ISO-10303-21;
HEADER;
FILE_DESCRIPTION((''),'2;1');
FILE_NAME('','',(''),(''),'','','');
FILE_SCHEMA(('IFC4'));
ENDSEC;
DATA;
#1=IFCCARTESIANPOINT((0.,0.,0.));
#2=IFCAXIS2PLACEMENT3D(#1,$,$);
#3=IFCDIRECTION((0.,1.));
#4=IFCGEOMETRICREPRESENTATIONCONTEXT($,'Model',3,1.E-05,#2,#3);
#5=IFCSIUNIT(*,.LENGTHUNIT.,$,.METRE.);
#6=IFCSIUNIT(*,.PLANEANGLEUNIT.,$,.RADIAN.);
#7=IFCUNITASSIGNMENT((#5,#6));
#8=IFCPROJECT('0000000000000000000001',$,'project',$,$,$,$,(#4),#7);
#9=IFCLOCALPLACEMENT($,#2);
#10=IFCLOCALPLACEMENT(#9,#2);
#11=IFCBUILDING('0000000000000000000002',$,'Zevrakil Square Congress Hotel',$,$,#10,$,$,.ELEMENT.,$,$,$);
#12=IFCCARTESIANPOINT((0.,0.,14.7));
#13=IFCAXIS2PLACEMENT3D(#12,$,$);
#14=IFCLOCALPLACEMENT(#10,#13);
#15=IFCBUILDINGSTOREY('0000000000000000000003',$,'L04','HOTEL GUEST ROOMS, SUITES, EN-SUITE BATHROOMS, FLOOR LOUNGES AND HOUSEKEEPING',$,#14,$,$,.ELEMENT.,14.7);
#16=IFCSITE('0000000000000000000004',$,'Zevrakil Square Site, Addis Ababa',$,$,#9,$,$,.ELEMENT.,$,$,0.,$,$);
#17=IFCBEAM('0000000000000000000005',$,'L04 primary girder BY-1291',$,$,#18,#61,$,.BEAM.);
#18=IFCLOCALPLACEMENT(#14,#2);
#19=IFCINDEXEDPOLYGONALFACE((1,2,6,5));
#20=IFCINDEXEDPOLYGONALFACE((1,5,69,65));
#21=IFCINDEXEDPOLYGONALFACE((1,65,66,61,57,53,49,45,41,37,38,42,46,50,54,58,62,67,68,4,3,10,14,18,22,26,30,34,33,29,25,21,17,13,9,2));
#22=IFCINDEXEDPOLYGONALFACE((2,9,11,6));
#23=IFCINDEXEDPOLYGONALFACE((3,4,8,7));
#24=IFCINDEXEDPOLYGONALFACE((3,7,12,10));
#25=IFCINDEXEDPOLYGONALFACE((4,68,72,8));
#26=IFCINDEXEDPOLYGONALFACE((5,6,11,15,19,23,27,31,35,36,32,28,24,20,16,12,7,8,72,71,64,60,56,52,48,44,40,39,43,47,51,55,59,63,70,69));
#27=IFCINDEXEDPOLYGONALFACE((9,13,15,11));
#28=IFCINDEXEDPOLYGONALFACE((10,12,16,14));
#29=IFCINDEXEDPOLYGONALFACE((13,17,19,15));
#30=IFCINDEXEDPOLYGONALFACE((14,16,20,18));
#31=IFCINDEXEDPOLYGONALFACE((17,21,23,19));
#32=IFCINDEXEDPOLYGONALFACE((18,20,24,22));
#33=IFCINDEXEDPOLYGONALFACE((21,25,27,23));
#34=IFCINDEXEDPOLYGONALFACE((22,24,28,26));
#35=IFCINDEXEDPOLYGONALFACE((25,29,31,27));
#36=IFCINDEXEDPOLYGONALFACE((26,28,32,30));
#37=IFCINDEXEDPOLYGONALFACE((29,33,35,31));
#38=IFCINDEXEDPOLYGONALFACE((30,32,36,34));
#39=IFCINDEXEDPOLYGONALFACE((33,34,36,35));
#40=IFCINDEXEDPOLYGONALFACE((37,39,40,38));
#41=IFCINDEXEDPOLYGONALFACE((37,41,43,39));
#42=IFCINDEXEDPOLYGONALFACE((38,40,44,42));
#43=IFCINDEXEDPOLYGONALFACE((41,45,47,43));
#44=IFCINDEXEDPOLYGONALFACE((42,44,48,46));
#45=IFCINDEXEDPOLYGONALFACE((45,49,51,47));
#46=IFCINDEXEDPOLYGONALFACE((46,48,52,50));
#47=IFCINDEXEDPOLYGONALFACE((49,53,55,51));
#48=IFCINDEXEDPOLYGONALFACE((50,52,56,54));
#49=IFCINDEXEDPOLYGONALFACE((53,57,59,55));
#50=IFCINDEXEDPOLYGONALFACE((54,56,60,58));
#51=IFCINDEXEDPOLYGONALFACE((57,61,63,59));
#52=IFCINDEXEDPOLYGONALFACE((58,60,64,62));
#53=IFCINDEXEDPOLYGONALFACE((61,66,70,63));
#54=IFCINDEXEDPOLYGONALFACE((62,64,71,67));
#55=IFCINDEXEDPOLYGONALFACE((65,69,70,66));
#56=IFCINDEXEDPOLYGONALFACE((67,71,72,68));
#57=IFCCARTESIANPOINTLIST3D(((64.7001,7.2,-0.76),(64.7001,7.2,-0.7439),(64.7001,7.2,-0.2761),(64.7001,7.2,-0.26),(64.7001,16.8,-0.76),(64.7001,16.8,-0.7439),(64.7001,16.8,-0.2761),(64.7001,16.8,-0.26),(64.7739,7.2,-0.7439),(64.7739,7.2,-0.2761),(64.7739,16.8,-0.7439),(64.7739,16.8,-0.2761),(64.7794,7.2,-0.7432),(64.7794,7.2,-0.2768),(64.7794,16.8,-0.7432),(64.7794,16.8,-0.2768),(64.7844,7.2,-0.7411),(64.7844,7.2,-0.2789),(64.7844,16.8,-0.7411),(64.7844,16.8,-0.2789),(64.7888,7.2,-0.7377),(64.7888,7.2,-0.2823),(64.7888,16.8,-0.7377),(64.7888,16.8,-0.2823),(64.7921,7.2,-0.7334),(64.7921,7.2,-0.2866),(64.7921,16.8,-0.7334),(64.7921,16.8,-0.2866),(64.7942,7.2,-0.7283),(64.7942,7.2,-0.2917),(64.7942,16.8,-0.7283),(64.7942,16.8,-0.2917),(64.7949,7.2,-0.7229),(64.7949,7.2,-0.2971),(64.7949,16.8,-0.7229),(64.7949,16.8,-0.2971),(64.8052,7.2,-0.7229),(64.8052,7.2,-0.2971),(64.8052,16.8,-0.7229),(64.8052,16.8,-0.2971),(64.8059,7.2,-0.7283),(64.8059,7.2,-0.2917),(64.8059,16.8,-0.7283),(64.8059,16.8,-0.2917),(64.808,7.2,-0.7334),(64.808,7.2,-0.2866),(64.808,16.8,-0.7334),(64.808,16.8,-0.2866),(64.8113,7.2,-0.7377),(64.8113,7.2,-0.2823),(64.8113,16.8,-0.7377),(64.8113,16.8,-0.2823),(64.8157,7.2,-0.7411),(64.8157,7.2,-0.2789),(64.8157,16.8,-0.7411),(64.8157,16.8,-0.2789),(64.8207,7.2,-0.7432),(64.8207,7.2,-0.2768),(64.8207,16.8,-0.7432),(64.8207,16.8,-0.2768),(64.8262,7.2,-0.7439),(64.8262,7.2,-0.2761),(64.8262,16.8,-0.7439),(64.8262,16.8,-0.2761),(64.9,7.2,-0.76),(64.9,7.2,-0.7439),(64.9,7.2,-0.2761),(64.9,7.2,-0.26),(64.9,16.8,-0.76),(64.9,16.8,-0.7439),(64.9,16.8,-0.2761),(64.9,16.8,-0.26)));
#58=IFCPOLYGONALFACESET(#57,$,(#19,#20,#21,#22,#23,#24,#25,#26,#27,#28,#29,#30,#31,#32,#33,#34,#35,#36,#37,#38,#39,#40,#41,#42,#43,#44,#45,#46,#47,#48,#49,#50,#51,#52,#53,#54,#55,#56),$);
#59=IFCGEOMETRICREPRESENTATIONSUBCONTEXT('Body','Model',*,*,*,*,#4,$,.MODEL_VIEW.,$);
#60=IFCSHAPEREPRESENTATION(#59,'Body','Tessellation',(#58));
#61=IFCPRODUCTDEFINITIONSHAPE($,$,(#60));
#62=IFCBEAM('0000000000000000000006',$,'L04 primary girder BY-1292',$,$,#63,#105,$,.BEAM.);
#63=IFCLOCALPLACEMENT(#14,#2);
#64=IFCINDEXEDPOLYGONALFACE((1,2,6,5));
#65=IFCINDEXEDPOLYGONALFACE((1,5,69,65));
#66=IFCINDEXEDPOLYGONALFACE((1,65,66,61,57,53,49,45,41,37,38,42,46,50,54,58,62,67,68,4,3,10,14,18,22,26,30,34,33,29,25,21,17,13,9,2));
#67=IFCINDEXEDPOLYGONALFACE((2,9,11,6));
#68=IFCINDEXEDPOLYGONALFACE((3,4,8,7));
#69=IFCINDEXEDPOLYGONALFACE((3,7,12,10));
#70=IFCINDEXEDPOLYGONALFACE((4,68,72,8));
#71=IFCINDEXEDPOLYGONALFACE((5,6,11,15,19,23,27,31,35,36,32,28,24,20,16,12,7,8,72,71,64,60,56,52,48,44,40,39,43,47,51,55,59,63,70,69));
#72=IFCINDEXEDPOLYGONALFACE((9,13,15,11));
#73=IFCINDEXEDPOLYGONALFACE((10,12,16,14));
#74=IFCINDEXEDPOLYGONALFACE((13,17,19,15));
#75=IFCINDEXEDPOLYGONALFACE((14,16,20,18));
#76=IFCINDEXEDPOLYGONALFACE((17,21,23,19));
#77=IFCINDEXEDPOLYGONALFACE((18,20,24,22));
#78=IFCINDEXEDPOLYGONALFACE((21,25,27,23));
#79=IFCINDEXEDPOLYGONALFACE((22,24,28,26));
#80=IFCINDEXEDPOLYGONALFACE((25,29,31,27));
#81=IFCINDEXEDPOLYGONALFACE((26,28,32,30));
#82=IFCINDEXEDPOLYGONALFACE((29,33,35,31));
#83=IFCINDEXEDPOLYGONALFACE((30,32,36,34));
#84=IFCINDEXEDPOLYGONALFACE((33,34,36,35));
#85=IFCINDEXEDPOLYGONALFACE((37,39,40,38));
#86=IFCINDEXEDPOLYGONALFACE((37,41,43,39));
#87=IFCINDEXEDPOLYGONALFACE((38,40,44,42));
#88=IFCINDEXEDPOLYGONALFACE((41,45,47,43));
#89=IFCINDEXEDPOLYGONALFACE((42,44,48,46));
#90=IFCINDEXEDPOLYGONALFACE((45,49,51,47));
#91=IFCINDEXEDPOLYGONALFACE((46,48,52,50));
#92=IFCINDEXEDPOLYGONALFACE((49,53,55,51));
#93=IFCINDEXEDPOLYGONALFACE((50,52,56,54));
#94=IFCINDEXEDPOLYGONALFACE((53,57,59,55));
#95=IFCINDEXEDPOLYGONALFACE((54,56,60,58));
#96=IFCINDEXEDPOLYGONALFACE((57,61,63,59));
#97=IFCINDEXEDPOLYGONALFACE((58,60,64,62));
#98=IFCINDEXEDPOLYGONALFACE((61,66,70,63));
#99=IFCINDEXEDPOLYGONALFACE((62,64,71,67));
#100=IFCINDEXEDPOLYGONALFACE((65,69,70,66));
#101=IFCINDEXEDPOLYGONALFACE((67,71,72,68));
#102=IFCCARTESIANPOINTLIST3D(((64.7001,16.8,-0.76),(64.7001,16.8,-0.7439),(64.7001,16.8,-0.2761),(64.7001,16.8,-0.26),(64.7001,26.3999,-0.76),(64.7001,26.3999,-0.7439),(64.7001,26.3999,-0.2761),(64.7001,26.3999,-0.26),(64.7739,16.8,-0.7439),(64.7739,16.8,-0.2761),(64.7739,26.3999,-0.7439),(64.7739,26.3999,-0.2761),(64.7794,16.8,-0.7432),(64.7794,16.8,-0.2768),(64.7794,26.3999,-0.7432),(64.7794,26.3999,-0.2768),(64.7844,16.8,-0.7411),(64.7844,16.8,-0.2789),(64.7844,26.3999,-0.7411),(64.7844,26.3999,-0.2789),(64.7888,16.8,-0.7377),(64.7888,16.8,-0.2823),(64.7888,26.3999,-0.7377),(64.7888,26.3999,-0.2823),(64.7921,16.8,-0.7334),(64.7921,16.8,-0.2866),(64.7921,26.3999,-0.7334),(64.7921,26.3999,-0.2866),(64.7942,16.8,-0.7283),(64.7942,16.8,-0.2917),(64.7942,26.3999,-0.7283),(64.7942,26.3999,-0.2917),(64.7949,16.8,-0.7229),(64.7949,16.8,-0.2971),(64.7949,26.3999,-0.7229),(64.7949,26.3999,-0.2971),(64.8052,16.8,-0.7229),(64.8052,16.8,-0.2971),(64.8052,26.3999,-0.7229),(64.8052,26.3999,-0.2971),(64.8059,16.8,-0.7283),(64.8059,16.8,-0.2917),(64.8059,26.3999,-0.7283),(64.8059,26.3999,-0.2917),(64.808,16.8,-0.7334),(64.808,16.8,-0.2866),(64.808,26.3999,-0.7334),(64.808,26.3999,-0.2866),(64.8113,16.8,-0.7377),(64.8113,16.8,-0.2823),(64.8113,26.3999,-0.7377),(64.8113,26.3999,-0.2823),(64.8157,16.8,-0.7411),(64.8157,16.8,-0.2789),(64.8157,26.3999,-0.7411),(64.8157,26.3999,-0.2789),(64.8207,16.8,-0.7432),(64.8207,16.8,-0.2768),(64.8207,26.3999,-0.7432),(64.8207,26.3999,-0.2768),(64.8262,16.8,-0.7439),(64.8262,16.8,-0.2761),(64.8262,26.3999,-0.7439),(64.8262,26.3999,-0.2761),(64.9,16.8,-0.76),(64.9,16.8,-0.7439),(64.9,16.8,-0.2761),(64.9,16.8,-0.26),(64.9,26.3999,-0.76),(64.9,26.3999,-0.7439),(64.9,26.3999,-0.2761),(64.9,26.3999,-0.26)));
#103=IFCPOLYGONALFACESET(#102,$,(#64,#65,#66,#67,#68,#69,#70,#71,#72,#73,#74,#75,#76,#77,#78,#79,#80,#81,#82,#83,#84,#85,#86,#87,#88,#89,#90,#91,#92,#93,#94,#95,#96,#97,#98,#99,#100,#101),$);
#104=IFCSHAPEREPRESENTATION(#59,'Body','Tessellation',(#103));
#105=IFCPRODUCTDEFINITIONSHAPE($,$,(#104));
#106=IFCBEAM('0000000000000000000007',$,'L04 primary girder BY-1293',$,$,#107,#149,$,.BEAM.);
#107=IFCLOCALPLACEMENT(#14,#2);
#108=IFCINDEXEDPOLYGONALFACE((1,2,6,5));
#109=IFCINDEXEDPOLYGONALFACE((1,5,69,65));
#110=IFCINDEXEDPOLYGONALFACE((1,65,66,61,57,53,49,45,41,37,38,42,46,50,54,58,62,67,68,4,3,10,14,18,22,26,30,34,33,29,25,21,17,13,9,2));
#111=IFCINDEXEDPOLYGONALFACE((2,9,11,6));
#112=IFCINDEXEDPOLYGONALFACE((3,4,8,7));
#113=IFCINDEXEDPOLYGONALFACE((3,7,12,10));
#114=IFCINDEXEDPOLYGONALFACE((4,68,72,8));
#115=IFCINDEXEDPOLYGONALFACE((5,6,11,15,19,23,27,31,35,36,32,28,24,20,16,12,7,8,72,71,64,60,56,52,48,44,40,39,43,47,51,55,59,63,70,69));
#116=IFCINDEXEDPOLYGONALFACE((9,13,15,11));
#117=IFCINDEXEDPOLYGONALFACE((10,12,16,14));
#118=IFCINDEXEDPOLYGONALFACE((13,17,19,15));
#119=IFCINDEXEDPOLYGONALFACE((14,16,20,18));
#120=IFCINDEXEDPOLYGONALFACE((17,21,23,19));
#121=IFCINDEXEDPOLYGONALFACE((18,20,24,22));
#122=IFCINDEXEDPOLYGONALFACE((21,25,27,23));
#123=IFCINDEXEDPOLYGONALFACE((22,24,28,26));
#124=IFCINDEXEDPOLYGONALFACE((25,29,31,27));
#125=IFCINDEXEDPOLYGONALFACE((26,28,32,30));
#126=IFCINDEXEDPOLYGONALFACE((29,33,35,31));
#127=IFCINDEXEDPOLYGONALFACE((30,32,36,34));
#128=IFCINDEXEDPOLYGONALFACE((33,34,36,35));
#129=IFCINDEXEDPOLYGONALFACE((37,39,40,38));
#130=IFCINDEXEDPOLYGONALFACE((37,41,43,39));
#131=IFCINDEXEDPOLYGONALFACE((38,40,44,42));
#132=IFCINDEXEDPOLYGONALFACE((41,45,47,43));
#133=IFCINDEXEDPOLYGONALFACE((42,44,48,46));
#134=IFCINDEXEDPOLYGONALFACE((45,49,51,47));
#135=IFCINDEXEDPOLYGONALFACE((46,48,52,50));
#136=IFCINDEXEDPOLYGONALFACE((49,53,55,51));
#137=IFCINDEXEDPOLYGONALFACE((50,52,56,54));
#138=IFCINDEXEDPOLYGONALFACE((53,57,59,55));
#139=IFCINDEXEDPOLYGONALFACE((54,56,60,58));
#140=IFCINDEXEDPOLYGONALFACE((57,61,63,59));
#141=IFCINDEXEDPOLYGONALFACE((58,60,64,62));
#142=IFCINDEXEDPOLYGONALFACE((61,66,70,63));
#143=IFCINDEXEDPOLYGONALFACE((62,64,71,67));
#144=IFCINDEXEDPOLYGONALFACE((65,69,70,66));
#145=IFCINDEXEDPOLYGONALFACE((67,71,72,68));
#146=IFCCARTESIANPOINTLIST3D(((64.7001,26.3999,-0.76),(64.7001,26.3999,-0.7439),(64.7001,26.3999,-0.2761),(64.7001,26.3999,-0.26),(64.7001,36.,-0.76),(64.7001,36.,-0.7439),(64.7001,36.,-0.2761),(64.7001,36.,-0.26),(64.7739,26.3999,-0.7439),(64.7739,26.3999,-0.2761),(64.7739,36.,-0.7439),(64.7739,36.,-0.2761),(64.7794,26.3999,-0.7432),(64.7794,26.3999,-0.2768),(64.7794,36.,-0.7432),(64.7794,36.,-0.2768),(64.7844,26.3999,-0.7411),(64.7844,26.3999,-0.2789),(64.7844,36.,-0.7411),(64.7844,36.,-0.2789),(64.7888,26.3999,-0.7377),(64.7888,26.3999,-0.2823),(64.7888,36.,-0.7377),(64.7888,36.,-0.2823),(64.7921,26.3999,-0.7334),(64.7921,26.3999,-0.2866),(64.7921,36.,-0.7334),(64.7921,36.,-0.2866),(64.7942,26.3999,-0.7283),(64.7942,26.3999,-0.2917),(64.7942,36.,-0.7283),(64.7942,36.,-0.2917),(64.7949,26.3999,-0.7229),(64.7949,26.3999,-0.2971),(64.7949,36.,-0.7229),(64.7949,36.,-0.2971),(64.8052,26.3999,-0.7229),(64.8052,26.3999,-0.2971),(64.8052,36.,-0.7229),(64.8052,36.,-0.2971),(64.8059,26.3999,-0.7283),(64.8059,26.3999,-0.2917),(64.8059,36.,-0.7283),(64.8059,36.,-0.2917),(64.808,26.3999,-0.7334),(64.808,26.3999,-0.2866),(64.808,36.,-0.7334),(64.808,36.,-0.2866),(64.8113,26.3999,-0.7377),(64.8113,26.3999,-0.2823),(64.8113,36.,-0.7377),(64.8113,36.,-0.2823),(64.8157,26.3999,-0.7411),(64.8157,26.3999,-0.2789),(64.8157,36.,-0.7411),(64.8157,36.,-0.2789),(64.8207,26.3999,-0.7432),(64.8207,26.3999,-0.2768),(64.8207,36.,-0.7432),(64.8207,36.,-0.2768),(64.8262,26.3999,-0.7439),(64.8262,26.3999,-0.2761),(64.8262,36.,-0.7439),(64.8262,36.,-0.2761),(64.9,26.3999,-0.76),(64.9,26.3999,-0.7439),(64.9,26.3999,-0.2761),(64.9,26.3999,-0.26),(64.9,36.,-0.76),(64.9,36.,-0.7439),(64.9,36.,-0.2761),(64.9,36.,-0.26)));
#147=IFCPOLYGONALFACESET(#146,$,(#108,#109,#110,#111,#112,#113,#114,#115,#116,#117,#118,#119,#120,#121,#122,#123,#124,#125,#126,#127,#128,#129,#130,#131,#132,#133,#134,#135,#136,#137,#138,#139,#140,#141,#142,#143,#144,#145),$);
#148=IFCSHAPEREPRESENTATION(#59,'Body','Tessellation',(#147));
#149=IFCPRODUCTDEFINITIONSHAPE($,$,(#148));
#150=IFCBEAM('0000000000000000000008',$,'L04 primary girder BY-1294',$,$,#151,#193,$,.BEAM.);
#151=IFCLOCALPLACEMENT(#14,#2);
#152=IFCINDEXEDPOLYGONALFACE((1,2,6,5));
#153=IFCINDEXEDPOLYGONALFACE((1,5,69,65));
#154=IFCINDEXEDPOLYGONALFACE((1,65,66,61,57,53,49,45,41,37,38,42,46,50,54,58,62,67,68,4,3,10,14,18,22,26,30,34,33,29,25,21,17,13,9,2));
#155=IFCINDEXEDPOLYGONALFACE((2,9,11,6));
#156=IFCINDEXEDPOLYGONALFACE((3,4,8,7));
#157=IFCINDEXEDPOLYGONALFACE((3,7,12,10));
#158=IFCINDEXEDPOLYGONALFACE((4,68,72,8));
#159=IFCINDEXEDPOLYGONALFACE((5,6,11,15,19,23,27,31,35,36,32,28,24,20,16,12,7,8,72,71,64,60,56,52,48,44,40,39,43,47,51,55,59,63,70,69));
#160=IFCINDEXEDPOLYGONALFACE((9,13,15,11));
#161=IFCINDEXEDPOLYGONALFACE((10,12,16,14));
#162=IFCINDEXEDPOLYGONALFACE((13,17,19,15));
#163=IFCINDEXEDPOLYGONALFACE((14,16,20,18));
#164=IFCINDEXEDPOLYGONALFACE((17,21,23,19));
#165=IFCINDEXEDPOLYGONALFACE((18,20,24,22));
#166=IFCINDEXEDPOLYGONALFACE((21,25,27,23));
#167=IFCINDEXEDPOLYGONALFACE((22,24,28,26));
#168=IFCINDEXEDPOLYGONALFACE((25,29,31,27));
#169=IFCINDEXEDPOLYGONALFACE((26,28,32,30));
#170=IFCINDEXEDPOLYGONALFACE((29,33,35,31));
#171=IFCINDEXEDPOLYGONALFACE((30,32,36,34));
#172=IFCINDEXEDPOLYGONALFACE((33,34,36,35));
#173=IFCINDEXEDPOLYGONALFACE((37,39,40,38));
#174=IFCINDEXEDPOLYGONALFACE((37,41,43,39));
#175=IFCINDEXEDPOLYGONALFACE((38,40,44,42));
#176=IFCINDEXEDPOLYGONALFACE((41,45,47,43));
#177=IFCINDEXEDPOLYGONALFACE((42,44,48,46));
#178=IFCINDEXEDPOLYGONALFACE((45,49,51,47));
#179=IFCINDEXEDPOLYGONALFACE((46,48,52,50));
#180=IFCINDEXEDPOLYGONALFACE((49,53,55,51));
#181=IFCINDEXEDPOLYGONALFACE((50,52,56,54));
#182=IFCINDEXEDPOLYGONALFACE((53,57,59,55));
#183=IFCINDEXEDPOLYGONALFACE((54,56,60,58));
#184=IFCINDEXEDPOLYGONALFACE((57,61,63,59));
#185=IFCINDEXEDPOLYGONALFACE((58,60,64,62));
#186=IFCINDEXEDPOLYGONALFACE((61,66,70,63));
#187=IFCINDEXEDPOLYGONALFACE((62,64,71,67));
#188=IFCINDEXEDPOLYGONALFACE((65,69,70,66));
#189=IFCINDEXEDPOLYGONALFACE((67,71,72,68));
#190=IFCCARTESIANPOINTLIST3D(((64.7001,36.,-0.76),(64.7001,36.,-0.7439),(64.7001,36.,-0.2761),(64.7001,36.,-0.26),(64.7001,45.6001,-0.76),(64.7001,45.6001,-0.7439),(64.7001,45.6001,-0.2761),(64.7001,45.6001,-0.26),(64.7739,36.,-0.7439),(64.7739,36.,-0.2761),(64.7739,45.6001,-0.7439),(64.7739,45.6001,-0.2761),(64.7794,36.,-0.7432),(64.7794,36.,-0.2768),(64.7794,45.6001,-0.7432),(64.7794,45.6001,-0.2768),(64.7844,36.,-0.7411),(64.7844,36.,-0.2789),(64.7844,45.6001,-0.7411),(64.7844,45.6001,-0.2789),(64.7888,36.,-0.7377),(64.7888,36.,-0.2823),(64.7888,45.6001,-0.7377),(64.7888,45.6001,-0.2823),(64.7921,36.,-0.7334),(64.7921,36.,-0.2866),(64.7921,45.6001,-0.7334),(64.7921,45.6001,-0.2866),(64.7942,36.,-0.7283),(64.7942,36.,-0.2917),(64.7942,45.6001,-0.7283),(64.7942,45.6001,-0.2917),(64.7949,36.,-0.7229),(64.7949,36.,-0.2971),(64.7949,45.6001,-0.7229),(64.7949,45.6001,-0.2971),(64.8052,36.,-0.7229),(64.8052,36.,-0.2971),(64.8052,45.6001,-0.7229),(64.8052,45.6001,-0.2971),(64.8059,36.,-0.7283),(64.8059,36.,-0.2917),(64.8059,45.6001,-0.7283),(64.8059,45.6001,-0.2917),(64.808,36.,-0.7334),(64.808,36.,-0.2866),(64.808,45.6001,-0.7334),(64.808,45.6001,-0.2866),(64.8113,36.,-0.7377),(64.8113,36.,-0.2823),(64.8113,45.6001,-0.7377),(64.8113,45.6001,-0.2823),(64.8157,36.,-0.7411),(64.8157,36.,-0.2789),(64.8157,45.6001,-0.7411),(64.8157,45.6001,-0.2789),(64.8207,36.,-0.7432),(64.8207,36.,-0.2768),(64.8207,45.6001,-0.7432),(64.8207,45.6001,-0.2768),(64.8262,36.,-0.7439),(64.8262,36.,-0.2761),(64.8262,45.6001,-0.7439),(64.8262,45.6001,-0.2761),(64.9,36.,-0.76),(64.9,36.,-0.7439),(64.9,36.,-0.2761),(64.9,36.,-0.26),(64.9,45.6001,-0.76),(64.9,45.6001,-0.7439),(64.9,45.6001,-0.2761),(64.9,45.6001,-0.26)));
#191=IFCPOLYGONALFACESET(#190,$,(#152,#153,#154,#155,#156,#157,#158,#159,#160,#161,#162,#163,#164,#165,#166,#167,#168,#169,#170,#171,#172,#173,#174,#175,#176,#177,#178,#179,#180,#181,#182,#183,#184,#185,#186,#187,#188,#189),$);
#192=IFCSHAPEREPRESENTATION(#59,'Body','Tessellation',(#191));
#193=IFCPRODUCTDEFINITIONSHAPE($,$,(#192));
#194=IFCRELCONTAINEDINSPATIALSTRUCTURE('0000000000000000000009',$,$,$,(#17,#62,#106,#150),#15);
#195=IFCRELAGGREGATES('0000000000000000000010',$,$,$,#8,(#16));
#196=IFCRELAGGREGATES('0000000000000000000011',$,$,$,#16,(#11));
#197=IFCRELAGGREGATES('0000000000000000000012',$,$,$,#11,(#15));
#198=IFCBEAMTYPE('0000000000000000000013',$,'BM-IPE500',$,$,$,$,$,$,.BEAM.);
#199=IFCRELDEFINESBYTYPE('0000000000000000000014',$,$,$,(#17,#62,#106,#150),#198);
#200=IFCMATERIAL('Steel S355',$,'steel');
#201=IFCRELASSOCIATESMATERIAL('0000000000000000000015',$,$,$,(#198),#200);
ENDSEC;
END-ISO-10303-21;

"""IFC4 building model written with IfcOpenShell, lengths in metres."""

from ifc_helpers import new_model, si_unit, direction, frame, origin, origin_2d, place, context, subcontext, project, spatial, i_section, extrude, material, material_profile, profile_set, type_object, element, save


model = new_model("IFC4")

# Units and contexts
model_context = context("Model", 3, precision=1e-05, world=origin(), true_north=direction((0.0, 1.0)))
body_context = subcontext(model_context, "Body", "Model", "MODEL_VIEW")
ifc_project = project(units=[si_unit("LENGTHUNIT", "METRE"), si_unit("PLANEANGLEUNIT", "RADIAN")], contexts=[model_context])

# Site, building, storey
site_placement = place(None, origin())
site = spatial("IfcSite", under=ifc_project, at=site_placement, Name="Zevrakil Square Site, Addis Ababa", CompositionType="ELEMENT", RefElevation=0.0)
building_placement = place(site_placement, origin())
building = spatial("IfcBuilding", under=site, at=building_placement, Name="Zevrakil Square Congress Hotel", CompositionType="ELEMENT")
storey_placement = place(building_placement, frame((0.0, 0.0, 14.7)))
storey = spatial("IfcBuildingStorey", under=building, at=storey_placement, Name="L04", Description="HOTEL GUEST ROOMS, SUITES, EN-SUITE BATHROOMS, FLOOR LOUNGES AND HOUSEKEEPING", CompositionType="ELEMENT", Elevation=14.7)

# Beams
ifc_material_1 = material(Name="Steel S355", Category="steel")
ifc_material_profile_1 = material_profile(ifc_material_1, i_section(OverallWidth=0.2, OverallDepth=0.5, WebThickness=0.0103, FlangeThickness=0.0161, FilletRadius=0.021, at=origin_2d()), Name="IPE 500")
ifc_profile_set_1 = profile_set([ifc_material_profile_1], Name="Steel S355")
beam_type_1 = type_object("IfcBeamType", Name="BM-IPE500", PredefinedType="BEAM", material=ifc_profile_set_1)
beam_1_placement = place(storey_placement, frame((64.8, 7.2, -0.51), z_axis=(0.0, 1.0, 0.0), x_axis=(-1.0, 0.0, 0.0)))
element("IfcBeam", 1, at=beam_1_placement, inside=storey, type_object=beam_type_1, Name="L04 primary girder BY-1291", PredefinedType="BEAM", context=body_context, shape_type="SweptSolid", body=[
    extrude(i_section(OverallWidth=0.2, OverallDepth=0.5, WebThickness=0.0103, FlangeThickness=0.0161, FilletRadius=0.021, at=origin_2d()), origin(), (0.0, 0.0, 1.0), 9.6001),
])
beam_2_placement = place(storey_placement, frame((64.8, 16.8, -0.51), z_axis=(0.0, 1.0, 0.0), x_axis=(-1.0, 0.0, 0.0)))
element("IfcBeam", 2, at=beam_2_placement, inside=storey, type_object=beam_type_1, Name="L04 primary girder BY-1292", PredefinedType="BEAM", context=body_context, shape_type="SweptSolid", body=[
    extrude(i_section(OverallWidth=0.2, OverallDepth=0.5, WebThickness=0.0103, FlangeThickness=0.0161, FilletRadius=0.021, at=origin_2d()), origin(), (0.0, 0.0, 1.0), 9.5999),
])
for number, where, z_axis, x_axis, name in (
    (3, (64.8, 26.3999, -0.51), (0.0, 1.0, 0.0), (-1.0, 0.0, 0.0), "L04 primary girder BY-1293"),
    (4, (64.8, 36.0, -0.51), (0.0, 1.0, 0.0), (-1.0, 0.0, 0.0), "L04 primary girder BY-1294"),
):
    element("IfcBeam", number, at=place(storey_placement, frame(where, z_axis=z_axis, x_axis=x_axis)), inside=storey, type_object=beam_type_1, Name=name, PredefinedType="BEAM", context=body_context, shape_type="SweptSolid", body=[
        extrude(i_section(OverallWidth=0.2, OverallDepth=0.5, WebThickness=0.0103, FlangeThickness=0.0161, FilletRadius=0.021, at=origin_2d()), origin(), (0.0, 0.0, 1.0), 9.6001),
    ])

save(model, "model.ifc")
